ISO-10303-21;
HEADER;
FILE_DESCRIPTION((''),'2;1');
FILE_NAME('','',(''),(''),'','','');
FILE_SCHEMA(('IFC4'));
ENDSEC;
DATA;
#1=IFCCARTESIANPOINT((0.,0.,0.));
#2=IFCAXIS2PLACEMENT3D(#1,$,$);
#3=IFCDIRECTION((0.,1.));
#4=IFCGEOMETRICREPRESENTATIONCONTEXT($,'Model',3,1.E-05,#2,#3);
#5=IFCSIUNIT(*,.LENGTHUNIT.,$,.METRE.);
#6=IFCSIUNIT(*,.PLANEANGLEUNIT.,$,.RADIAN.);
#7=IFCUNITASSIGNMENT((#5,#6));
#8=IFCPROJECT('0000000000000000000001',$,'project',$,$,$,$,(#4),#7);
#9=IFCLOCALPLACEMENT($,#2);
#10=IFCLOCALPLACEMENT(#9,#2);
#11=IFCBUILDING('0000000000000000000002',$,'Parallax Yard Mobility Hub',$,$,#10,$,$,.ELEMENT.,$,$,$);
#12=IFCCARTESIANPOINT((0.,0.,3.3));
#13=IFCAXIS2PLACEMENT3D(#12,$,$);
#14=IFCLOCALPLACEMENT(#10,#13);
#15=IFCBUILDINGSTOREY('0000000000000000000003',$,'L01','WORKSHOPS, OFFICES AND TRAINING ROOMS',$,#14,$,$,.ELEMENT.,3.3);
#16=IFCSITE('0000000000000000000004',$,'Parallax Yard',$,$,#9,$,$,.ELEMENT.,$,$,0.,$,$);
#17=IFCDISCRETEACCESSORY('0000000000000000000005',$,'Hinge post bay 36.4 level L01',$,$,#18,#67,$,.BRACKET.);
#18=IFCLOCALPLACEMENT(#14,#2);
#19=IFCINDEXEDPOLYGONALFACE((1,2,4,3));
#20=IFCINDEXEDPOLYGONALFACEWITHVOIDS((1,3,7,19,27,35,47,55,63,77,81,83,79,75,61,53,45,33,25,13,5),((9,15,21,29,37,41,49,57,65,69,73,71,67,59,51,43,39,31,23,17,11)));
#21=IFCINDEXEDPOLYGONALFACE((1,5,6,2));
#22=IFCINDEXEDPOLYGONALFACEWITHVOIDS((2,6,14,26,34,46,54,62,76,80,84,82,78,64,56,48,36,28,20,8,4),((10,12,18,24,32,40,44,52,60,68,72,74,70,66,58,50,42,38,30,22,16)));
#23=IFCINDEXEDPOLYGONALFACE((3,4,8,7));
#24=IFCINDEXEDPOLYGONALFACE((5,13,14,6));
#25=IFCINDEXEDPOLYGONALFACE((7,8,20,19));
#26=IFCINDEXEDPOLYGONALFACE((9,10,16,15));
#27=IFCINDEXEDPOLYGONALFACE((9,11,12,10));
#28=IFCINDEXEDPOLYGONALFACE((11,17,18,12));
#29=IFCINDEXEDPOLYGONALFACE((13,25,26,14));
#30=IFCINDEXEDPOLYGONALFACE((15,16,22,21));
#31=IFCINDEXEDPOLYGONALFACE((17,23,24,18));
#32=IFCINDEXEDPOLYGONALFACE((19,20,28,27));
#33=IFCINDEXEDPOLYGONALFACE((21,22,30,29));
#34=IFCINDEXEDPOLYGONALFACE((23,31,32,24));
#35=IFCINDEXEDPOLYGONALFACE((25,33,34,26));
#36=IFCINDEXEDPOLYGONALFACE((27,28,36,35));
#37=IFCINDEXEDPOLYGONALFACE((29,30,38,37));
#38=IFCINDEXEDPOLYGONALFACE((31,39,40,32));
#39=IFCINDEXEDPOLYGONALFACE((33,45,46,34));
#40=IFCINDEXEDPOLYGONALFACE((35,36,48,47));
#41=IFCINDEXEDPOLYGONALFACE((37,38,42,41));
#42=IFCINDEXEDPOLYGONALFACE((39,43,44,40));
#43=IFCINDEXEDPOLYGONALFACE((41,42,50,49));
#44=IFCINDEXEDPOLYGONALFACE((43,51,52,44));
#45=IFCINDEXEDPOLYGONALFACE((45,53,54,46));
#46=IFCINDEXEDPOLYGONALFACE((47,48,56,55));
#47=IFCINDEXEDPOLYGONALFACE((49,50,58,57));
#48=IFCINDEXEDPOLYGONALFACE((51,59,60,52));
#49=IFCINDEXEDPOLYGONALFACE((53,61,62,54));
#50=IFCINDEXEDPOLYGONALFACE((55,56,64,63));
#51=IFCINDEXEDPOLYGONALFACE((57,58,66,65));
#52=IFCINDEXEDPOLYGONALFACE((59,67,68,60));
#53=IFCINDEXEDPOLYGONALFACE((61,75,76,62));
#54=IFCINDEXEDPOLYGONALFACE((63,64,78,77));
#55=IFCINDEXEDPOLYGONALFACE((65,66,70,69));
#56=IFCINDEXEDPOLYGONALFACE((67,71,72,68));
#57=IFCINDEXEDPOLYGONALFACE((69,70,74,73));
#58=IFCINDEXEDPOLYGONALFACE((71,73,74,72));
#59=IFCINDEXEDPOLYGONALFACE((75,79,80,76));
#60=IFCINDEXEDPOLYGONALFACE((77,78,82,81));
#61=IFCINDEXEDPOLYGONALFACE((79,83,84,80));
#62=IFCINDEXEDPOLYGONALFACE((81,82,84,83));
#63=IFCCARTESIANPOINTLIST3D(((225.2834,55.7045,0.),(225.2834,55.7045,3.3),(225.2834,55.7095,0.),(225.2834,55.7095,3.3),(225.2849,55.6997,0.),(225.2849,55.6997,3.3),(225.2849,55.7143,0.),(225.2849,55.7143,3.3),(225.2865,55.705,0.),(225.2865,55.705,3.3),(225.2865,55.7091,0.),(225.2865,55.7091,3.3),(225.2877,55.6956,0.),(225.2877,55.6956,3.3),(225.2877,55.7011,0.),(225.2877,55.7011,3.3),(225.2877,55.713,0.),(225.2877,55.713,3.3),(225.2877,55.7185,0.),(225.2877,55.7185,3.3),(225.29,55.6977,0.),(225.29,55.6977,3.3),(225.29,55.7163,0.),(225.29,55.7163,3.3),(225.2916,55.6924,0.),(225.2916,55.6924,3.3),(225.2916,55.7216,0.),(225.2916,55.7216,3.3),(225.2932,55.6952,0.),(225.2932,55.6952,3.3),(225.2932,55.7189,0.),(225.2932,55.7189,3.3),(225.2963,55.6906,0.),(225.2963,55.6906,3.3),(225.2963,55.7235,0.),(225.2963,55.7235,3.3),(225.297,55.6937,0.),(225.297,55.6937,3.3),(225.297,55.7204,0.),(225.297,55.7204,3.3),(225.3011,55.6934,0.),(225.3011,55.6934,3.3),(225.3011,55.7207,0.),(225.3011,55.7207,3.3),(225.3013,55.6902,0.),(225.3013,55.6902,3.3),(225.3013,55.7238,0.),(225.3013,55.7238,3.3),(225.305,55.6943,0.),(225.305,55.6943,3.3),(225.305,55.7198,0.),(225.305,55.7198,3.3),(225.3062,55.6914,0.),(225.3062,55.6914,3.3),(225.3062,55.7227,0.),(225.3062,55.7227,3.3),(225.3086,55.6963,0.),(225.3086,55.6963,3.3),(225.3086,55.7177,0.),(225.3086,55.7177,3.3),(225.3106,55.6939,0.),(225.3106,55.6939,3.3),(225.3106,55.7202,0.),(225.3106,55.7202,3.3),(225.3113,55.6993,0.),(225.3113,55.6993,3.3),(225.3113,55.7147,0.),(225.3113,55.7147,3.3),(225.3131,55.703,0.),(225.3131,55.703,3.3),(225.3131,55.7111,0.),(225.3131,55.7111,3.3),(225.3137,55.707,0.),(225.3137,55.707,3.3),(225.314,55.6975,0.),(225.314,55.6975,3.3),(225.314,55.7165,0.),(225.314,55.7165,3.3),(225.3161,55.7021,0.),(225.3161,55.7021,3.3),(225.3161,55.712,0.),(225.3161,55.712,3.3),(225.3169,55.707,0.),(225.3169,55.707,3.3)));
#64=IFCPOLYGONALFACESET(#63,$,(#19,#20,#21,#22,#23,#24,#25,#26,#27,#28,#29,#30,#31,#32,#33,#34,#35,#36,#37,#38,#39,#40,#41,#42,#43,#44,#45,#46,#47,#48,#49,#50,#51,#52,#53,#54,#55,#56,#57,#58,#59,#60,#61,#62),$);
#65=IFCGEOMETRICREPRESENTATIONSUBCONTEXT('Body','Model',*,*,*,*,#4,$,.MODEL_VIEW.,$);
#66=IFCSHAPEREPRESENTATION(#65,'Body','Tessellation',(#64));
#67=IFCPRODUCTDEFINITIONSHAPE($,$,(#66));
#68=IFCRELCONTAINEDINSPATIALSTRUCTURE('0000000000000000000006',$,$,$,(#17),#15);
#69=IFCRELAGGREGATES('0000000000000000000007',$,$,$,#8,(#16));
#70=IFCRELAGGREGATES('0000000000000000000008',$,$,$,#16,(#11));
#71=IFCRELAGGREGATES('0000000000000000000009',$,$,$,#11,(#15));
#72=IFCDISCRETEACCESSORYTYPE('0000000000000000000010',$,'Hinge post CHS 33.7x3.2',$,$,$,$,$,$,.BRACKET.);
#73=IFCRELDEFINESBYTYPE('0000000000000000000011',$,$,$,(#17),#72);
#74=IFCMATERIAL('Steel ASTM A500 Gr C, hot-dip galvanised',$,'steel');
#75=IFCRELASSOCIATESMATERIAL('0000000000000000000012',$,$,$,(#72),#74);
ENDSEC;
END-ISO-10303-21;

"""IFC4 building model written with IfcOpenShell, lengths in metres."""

from ifc_helpers import new_model, si_unit, direction, frame, origin, origin_2d, place, context, subcontext, project, spatial, hollow_circle, extrude, material, material_profile, profile_set, type_object, element, save


model = new_model("IFC4")

# Units and contexts
model_context = context("Model", 3, precision=1e-05, world=origin(), true_north=direction((0.0, 1.0)))
body_context = subcontext(model_context, "Body", "Model", "MODEL_VIEW")
ifc_project = project(units=[si_unit("LENGTHUNIT", "METRE"), si_unit("PLANEANGLEUNIT", "RADIAN")], contexts=[model_context])

# Site, building, storey
site_placement = place(None, origin())
site = spatial("IfcSite", under=ifc_project, at=site_placement, Name="Parallax Yard", CompositionType="ELEMENT", RefElevation=0.0)
building_placement = place(site_placement, origin())
building = spatial("IfcBuilding", under=site, at=building_placement, Name="Parallax Yard Mobility Hub", CompositionType="ELEMENT")
storey_placement = place(building_placement, frame((0.0, 0.0, 3.3)))
storey = spatial("IfcBuildingStorey", under=building, at=storey_placement, Name="L01", Description="WORKSHOPS, OFFICES AND TRAINING ROOMS", CompositionType="ELEMENT", Elevation=3.3)

# Discrete accessory
ifc_material_1 = material(Name="Steel ASTM A500 Gr C, hot-dip galvanised", Category="steel")
ifc_material_profile_1 = material_profile(ifc_material_1, hollow_circle(Radius=0.0168, WallThickness=0.0032, at=origin_2d()), Name="CHS 33.7x3.2")
ifc_profile_set_1 = profile_set([ifc_material_profile_1], Name="Steel ASTM A500 Gr C, hot-dip galvanised")
discrete_accessory_type_1 = type_object("IfcDiscreteAccessoryType", Name="Hinge post CHS 33.7x3.2", PredefinedType="BRACKET", material=ifc_profile_set_1)
for number, where, z_axis, x_axis, name in (
    (1, (225.3, 55.707, 0.0), (0.0, 0.0, 1.0), (1.0, 0.0, 0.0), "Hinge post bay 36.4 level L01"),
):
    element("IfcDiscreteAccessory", number, at=place(storey_placement, frame(where, z_axis=z_axis, x_axis=x_axis)), inside=storey, type_object=discrete_accessory_type_1, Name=name, PredefinedType="BRACKET", context=body_context, shape_type="SweptSolid", body=[
        extrude(hollow_circle(Radius=0.0168, WallThickness=0.0032, at=origin_2d()), origin(), (0.0, 0.0, 1.0), 3.3),
    ])

save(model, "model.ifc")
